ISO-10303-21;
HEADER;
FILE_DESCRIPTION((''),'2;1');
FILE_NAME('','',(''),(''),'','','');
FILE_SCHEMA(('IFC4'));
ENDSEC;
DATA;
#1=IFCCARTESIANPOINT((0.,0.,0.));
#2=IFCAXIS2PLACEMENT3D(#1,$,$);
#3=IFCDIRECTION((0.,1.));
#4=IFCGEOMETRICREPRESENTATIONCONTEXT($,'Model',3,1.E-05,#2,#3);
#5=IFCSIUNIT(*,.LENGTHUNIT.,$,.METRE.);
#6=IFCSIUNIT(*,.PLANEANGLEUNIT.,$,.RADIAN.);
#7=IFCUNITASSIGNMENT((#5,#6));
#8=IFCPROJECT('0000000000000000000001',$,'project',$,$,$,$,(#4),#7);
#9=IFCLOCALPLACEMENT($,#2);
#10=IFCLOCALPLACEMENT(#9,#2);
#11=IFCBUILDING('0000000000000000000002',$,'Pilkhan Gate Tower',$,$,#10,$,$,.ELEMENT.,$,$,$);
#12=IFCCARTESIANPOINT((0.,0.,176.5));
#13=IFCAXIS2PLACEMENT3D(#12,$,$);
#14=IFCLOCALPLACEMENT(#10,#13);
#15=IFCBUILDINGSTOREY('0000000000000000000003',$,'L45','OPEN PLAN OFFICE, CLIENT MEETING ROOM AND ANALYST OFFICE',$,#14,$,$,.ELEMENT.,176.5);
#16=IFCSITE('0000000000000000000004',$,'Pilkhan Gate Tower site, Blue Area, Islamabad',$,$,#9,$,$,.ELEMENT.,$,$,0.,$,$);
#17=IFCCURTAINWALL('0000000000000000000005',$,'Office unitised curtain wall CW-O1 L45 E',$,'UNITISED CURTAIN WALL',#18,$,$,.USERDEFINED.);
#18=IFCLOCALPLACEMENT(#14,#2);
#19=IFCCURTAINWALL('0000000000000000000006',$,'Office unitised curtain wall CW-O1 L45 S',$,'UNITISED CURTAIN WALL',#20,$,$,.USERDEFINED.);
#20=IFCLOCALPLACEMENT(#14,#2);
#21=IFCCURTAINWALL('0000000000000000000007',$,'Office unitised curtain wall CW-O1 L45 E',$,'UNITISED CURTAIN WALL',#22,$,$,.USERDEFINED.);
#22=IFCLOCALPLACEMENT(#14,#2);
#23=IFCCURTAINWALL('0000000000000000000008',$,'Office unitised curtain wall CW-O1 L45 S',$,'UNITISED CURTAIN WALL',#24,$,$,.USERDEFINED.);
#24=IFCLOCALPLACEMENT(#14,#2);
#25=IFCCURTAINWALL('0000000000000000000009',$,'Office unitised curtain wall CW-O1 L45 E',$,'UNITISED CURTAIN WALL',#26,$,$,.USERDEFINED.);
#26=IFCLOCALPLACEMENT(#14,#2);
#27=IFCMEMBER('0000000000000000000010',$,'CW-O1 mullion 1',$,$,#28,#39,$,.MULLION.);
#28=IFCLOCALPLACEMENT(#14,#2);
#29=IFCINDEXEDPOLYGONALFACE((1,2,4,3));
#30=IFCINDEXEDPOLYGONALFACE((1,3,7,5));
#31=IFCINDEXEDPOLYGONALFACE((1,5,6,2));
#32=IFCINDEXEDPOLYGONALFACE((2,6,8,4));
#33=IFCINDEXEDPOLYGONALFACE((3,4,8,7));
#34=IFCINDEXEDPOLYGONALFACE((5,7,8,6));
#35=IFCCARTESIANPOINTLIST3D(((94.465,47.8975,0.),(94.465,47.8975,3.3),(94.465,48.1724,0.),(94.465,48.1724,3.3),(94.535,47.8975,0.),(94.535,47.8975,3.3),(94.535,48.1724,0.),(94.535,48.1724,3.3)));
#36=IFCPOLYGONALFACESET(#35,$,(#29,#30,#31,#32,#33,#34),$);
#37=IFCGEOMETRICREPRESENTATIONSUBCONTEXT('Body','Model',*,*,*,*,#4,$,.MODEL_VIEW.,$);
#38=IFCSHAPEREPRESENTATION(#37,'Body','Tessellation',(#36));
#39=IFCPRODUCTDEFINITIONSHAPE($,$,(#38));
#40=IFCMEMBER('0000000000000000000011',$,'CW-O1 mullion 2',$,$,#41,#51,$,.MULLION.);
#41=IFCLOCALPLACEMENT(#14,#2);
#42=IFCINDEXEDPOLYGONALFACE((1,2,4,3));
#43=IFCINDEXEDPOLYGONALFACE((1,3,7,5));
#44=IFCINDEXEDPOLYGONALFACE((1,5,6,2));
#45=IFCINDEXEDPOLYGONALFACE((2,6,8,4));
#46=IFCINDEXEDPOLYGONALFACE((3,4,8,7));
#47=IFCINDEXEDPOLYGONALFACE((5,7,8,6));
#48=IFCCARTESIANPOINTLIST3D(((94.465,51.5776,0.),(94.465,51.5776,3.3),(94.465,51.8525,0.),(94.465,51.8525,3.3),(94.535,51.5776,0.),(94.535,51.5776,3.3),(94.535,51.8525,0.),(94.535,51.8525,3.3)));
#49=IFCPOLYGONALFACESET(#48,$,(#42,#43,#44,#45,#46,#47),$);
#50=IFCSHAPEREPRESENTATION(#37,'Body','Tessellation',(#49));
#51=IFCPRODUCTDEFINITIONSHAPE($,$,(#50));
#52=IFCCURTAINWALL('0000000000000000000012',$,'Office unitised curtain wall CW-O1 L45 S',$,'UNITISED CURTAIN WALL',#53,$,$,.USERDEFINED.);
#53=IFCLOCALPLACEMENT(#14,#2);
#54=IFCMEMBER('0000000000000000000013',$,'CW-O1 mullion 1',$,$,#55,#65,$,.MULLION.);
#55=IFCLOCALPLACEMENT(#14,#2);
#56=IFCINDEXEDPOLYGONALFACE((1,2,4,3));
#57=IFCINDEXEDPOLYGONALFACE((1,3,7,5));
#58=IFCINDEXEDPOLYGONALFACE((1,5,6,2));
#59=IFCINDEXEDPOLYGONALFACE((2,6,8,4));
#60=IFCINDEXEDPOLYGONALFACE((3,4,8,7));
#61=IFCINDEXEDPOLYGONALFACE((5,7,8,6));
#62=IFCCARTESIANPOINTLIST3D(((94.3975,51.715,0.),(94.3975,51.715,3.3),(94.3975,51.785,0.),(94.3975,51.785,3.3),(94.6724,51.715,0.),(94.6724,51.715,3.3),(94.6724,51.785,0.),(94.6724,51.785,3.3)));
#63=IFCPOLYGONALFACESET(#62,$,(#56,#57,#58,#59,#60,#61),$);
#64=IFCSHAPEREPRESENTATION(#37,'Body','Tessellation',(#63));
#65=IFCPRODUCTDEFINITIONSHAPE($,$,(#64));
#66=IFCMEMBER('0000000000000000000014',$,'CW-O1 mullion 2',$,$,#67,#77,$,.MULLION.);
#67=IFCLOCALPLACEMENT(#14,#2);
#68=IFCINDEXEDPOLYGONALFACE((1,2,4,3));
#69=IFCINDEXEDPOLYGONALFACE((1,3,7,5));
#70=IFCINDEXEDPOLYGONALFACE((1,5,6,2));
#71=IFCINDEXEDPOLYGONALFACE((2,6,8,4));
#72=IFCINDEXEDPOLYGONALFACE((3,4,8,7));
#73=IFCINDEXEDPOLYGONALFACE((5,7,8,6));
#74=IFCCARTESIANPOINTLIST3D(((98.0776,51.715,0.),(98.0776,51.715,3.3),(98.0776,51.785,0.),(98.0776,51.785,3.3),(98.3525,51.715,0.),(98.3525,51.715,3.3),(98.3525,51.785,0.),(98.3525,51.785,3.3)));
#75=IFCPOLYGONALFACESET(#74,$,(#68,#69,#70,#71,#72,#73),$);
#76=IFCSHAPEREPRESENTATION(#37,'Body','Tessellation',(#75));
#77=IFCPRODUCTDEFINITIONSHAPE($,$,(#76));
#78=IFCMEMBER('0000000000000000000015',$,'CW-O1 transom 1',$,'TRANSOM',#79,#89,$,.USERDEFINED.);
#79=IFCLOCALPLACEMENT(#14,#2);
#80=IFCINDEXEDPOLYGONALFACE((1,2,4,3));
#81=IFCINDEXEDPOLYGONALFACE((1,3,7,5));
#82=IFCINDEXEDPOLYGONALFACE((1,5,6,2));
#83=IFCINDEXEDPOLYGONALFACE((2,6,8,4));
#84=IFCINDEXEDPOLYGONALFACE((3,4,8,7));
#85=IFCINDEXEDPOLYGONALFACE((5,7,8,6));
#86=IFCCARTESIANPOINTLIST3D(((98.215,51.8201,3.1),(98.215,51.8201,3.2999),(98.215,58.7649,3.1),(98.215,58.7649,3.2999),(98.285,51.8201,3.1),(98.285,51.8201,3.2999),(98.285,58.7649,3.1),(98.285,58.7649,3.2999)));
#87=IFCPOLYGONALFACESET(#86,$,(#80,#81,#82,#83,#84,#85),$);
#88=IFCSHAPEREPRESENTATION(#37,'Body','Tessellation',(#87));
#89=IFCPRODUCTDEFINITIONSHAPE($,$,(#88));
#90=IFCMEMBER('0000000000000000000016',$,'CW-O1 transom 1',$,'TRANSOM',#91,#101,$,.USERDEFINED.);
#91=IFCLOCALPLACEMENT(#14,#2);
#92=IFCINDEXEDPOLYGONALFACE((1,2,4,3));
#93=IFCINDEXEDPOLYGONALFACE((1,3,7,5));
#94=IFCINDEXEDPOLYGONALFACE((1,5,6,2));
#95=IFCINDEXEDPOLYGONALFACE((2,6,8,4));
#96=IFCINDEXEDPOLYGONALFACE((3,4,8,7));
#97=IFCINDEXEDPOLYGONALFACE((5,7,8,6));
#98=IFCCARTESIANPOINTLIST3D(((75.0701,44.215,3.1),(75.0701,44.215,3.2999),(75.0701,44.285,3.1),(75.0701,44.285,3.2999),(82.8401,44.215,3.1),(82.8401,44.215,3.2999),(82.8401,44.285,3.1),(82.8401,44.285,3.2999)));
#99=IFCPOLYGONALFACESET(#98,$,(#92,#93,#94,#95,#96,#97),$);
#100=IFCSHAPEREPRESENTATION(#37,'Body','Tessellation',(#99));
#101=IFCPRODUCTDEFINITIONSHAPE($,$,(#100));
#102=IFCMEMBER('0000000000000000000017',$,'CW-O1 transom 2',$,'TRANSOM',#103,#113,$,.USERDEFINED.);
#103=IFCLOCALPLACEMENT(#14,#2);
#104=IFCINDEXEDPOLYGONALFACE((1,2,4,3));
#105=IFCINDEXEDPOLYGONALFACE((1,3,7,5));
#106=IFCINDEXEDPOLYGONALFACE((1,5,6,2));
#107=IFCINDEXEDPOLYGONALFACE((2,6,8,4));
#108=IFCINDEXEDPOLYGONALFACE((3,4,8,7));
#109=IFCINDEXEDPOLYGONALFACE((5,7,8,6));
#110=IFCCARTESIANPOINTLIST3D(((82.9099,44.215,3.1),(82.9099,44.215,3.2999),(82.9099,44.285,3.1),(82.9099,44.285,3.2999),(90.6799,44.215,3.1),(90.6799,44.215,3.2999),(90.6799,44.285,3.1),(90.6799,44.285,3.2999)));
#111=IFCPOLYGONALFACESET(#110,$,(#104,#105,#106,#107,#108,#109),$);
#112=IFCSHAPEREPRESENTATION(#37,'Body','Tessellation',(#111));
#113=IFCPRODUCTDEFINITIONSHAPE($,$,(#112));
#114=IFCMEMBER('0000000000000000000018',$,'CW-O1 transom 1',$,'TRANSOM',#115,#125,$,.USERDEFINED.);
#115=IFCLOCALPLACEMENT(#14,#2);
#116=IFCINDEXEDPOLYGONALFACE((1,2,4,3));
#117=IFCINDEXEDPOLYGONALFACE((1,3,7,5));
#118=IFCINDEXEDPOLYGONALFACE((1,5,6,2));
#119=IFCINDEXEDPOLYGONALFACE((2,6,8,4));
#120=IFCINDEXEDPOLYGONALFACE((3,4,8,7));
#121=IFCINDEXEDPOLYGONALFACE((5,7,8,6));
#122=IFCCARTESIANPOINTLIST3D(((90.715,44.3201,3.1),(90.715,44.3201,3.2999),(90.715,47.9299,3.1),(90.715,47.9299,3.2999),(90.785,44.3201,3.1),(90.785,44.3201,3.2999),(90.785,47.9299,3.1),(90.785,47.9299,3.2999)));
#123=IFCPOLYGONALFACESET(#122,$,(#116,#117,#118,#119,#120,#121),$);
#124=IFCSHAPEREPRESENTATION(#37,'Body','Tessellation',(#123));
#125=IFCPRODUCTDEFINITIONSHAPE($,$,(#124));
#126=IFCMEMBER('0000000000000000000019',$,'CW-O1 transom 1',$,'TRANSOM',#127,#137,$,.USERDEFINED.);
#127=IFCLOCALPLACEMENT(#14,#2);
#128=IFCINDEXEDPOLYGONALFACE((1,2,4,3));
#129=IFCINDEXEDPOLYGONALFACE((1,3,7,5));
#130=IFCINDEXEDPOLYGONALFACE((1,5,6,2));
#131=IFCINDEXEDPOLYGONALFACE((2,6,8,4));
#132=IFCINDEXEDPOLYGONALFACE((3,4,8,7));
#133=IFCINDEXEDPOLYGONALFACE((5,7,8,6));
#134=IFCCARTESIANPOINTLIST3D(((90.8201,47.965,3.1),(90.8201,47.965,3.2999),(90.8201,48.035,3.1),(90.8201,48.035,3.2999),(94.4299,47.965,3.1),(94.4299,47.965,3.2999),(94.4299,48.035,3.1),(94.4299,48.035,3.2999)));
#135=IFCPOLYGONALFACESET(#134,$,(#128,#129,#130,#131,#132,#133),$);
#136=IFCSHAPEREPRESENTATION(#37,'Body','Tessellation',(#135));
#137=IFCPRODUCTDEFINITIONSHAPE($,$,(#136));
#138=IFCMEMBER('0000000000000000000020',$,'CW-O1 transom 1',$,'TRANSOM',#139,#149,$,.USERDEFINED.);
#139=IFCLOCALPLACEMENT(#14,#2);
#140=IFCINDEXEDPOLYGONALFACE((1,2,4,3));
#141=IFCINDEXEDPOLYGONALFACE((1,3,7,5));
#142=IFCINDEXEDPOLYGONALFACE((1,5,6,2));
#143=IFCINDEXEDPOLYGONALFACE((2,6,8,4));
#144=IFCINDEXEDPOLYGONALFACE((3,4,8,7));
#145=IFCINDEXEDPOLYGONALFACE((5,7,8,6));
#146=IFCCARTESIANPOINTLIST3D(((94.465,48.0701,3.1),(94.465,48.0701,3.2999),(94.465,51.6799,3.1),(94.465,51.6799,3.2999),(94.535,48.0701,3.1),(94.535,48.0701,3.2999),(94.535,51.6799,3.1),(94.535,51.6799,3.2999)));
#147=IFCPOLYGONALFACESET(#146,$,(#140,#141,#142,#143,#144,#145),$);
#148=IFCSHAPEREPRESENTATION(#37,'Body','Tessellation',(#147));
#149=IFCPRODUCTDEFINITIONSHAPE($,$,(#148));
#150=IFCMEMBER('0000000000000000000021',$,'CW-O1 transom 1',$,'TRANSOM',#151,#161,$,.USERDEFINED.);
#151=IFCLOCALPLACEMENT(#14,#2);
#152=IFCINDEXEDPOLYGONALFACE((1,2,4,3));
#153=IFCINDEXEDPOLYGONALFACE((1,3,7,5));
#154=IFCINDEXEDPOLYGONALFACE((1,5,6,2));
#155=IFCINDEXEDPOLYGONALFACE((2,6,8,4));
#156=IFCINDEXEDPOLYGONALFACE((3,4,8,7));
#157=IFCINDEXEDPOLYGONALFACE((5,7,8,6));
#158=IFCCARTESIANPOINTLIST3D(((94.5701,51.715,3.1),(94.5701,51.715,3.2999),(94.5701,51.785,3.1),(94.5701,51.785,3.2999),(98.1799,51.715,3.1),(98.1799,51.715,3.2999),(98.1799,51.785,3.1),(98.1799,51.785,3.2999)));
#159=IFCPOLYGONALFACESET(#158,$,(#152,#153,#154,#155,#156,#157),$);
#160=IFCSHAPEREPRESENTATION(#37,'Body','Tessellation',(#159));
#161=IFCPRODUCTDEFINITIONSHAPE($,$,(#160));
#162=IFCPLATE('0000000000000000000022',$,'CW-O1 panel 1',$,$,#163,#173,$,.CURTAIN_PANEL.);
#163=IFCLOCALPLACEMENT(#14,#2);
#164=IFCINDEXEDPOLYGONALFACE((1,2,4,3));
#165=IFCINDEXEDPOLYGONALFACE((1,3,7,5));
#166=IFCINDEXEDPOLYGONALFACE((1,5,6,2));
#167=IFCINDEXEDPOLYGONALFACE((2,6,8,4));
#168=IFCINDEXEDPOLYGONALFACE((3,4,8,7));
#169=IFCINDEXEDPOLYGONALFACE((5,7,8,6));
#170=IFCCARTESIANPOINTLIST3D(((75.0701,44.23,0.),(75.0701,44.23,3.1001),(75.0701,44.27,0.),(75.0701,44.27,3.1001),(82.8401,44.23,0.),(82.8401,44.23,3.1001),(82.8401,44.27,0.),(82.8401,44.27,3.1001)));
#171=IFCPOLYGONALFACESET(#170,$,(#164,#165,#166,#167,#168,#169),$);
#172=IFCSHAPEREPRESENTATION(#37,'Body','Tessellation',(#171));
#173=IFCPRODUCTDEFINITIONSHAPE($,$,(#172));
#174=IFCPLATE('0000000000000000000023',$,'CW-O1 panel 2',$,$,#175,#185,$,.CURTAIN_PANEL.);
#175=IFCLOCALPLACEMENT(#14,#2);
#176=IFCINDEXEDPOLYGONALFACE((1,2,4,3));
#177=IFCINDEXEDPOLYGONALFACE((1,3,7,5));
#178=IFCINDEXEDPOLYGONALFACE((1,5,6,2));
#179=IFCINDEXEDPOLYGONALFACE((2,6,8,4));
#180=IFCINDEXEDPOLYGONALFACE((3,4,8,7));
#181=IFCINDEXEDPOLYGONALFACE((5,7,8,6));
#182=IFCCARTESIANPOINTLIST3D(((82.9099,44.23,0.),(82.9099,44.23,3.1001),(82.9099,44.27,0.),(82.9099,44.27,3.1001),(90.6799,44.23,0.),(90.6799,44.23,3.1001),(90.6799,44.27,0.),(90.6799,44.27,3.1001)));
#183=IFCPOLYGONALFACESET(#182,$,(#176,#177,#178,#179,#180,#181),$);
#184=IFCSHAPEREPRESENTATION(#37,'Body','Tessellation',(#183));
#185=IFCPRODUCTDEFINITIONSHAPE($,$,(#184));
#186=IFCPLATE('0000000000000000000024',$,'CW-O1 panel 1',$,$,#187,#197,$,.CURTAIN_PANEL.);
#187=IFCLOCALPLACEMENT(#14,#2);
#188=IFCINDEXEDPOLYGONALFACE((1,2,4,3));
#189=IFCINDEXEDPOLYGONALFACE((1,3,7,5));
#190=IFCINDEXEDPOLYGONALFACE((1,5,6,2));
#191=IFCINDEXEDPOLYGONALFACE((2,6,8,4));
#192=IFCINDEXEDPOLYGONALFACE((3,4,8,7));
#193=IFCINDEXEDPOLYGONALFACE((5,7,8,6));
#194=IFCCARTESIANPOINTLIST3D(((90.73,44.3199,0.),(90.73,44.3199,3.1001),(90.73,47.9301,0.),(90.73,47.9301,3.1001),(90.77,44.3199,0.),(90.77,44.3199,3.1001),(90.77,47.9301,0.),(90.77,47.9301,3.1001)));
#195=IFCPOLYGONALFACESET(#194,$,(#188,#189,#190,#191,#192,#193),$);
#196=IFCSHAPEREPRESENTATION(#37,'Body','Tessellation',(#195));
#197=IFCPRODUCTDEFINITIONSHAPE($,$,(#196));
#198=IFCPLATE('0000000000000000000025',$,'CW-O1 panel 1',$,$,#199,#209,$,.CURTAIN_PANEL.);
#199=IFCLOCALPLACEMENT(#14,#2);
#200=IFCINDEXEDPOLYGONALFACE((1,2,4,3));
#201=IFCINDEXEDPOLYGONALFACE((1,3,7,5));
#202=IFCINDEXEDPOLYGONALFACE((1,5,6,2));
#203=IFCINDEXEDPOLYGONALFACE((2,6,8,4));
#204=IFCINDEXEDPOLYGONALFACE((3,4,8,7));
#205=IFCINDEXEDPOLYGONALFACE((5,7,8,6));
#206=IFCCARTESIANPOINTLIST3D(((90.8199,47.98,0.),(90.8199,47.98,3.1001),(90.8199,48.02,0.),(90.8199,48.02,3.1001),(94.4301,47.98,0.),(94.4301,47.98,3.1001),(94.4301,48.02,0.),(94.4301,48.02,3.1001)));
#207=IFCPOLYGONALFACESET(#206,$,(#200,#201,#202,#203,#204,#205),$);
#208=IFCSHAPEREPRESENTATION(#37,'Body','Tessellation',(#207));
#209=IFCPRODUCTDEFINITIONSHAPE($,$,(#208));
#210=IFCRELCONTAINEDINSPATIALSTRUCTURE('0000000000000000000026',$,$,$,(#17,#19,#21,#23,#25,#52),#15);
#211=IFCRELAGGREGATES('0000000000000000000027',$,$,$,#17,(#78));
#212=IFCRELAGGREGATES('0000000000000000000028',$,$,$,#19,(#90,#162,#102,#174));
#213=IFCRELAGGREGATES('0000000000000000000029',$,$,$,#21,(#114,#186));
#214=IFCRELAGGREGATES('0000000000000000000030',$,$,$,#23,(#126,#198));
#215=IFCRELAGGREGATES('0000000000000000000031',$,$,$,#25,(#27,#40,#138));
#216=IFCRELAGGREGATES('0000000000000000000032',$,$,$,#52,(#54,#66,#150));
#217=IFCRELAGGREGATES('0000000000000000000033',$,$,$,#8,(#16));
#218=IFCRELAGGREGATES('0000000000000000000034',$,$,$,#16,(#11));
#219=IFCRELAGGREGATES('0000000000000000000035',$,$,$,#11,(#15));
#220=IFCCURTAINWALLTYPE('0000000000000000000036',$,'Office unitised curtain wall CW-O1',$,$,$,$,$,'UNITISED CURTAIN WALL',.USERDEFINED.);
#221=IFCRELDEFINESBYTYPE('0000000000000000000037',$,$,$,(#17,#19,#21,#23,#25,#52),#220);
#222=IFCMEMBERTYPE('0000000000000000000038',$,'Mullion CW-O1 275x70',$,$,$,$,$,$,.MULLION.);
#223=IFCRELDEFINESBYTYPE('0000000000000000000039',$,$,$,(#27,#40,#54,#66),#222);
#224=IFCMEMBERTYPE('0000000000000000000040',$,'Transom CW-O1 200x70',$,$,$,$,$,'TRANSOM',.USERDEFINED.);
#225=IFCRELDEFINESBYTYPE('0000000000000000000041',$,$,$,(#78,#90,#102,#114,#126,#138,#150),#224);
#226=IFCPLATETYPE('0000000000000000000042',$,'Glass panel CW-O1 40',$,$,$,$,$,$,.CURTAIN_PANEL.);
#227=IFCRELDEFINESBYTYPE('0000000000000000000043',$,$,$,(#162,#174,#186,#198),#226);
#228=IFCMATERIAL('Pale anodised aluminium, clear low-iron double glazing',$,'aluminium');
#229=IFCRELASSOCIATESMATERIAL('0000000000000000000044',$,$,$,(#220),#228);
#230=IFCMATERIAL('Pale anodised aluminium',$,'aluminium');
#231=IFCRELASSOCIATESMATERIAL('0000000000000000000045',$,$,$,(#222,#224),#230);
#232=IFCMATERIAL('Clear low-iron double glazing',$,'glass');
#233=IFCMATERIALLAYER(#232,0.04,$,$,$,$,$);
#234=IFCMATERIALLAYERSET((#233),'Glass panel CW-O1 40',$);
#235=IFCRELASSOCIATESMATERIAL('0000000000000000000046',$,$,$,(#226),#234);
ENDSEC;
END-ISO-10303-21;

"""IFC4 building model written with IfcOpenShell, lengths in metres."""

from ifc_helpers import new_model, si_unit, direction, frame, origin, origin_2d, place, context, subcontext, project, spatial, rectangle, extrude, material, layer, layer_set, material_profile, profile_set, type_object, element, aggregate, save


model = new_model("IFC4")

# Units and contexts
model_context = context("Model", 3, precision=1e-05, world=origin(), true_north=direction((0.0, 1.0)))
body_context = subcontext(model_context, "Body", "Model", "MODEL_VIEW")
ifc_project = project(units=[si_unit("LENGTHUNIT", "METRE"), si_unit("PLANEANGLEUNIT", "RADIAN")], contexts=[model_context])

# Site, building, storey
site_placement = place(None, origin())
site = spatial("IfcSite", under=ifc_project, at=site_placement, Name="Pilkhan Gate Tower site, Blue Area, Islamabad", CompositionType="ELEMENT", RefElevation=0.0)
building_placement = place(site_placement, origin())
building = spatial("IfcBuilding", under=site, at=building_placement, Name="Pilkhan Gate Tower", CompositionType="ELEMENT")
storey_placement = place(building_placement, frame((0.0, 0.0, 176.5)))
storey = spatial("IfcBuildingStorey", under=building, at=storey_placement, Name="L45", Description="OPEN PLAN OFFICE, CLIENT MEETING ROOM AND ANALYST OFFICE", CompositionType="ELEMENT", Elevation=176.5)

# Curtain wall
ifc_material_1 = material(Name="Pale anodised aluminium, clear low-iron double glazing", Category="aluminium")
curtain_wall_type = type_object("IfcCurtainWallType", Name="Office unitised curtain wall CW-O1", ElementType="UNITISED CURTAIN WALL", PredefinedType="USERDEFINED", material=ifc_material_1)
curtain_wall_1_placement = place(storey_placement, origin())
curtain_wall_1 = element("IfcCurtainWall", 1, at=curtain_wall_1_placement, inside=storey, type_object=curtain_wall_type, Name="Office unitised curtain wall CW-O1 L45 E", ObjectType="UNITISED CURTAIN WALL", PredefinedType="USERDEFINED")
ifc_material_2 = material(Name="Pale anodised aluminium", Category="aluminium")
ifc_material_profile_1 = material_profile(ifc_material_2, rectangle(XDim=0.0701, YDim=0.2749, at=origin_2d()), Name="Mullion 275x70")
ifc_profile_set_1 = profile_set([ifc_material_profile_1], Name="Pale anodised aluminium")
member_type_1 = type_object("IfcMemberType", Name="Mullion CW-O1 275x70", PredefinedType="MULLION", material=ifc_profile_set_1)

# Curtain walls, members
curtain_wall_2_placement = place(storey_placement, origin())
curtain_wall_2 = element("IfcCurtainWall", 2, at=curtain_wall_2_placement, inside=storey, type_object=curtain_wall_type, Name="Office unitised curtain wall CW-O1 L45 S", ObjectType="UNITISED CURTAIN WALL", PredefinedType="USERDEFINED")
curtain_wall_3_placement = place(storey_placement, origin())
curtain_wall_3 = element("IfcCurtainWall", 3, at=curtain_wall_3_placement, inside=storey, type_object=curtain_wall_type, Name="Office unitised curtain wall CW-O1 L45 E", ObjectType="UNITISED CURTAIN WALL", PredefinedType="USERDEFINED")
curtain_wall_4_placement = place(storey_placement, origin())
curtain_wall_4 = element("IfcCurtainWall", 4, at=curtain_wall_4_placement, inside=storey, type_object=curtain_wall_type, Name="Office unitised curtain wall CW-O1 L45 S", ObjectType="UNITISED CURTAIN WALL", PredefinedType="USERDEFINED")
curtain_wall_5_placement = place(storey_placement, origin())
curtain_wall_5 = element("IfcCurtainWall", 5, at=curtain_wall_5_placement, inside=storey, type_object=curtain_wall_type, Name="Office unitised curtain wall CW-O1 L45 E", ObjectType="UNITISED CURTAIN WALL", PredefinedType="USERDEFINED")
member_1_placement = place(storey_placement, frame((94.5, 48.0349, 0.0), z_axis=(0.0, 0.0, 1.0), x_axis=(-1.0, 0.0, 0.0)))
member_1 = element("IfcMember", 6, at=member_1_placement, type_object=member_type_1, Name="CW-O1 mullion 1", PredefinedType="MULLION", context=body_context, shape_type="SweptSolid", body=[
    extrude(rectangle(XDim=0.0701, YDim=0.2749, at=origin_2d()), origin(), (0.0, 0.0, 1.0), 3.3),
])
member_2_placement = place(storey_placement, frame((94.5, 51.7151, 0.0), z_axis=(0.0, 0.0, 1.0), x_axis=(-1.0, 0.0, 0.0)))
member_2 = element("IfcMember", 7, at=member_2_placement, type_object=member_type_1, Name="CW-O1 mullion 2", PredefinedType="MULLION", context=body_context, shape_type="SweptSolid", body=[
    extrude(rectangle(XDim=0.0701, YDim=0.2749, at=origin_2d()), origin(), (0.0, 0.0, 1.0), 3.3),
])
curtain_wall_6_placement = place(storey_placement, origin())
curtain_wall_6 = element("IfcCurtainWall", 8, at=curtain_wall_6_placement, inside=storey, type_object=curtain_wall_type, Name="Office unitised curtain wall CW-O1 L45 S", ObjectType="UNITISED CURTAIN WALL", PredefinedType="USERDEFINED")
member_3_placement = place(storey_placement, frame((94.5349, 51.75, 0.0), z_axis=(0.0, 0.0, 1.0), x_axis=(0.0, 1.0, 0.0)))
member_3 = element("IfcMember", 9, at=member_3_placement, type_object=member_type_1, Name="CW-O1 mullion 1", PredefinedType="MULLION", context=body_context, shape_type="SweptSolid", body=[
    extrude(rectangle(XDim=0.0701, YDim=0.2749, at=origin_2d()), origin(), (0.0, 0.0, 1.0), 3.3),
])
member_4_placement = place(storey_placement, frame((98.2151, 51.75, 0.0), z_axis=(0.0, 0.0, 1.0), x_axis=(0.0, 1.0, 0.0)))
member_4 = element("IfcMember", 10, at=member_4_placement, type_object=member_type_1, Name="CW-O1 mullion 2", PredefinedType="MULLION", context=body_context, shape_type="SweptSolid", body=[
    extrude(rectangle(XDim=0.0701, YDim=0.2749, at=origin_2d()), origin(), (0.0, 0.0, 1.0), 3.3),
])

# Members
ifc_material_profile_2 = material_profile(ifc_material_2, rectangle(XDim=0.0701, YDim=0.2, at=origin_2d()), Name="Transom 200x70")
ifc_profile_set_2 = profile_set([ifc_material_profile_2], Name="Pale anodised aluminium")
member_type_2 = type_object("IfcMemberType", Name="Transom CW-O1 200x70", ElementType="TRANSOM", PredefinedType="USERDEFINED", material=ifc_profile_set_2)
member_5_placement = place(storey_placement, frame((98.25, 51.8201, 3.2), z_axis=(0.0, 1.0, 0.0), x_axis=(-1.0, 0.0, 0.0)))
member_5 = element("IfcMember", 11, at=member_5_placement, type_object=member_type_2, Name="CW-O1 transom 1", ObjectType="TRANSOM", PredefinedType="USERDEFINED", context=body_context, shape_type="SweptSolid", body=[
    extrude(rectangle(XDim=0.0701, YDim=0.2, at=origin_2d()), origin(), (0.0, 0.0, 1.0), 6.9448),
])
aggregate(curtain_wall_1, [member_5])
member_6_placement = place(storey_placement, frame((75.0701, 44.25, 3.2), z_axis=(1.0, 0.0, 0.0), x_axis=(0.0, 1.0, 0.0)))
member_6 = element("IfcMember", 12, at=member_6_placement, type_object=member_type_2, Name="CW-O1 transom 1", ObjectType="TRANSOM", PredefinedType="USERDEFINED", context=body_context, shape_type="SweptSolid", body=[
    extrude(rectangle(XDim=0.0701, YDim=0.2, at=origin_2d()), origin(), (0.0, 0.0, 1.0), 7.77),
])
member_7_placement = place(storey_placement, frame((82.9099, 44.25, 3.2), z_axis=(1.0, 0.0, 0.0), x_axis=(0.0, 1.0, 0.0)))
member_7 = element("IfcMember", 13, at=member_7_placement, type_object=member_type_2, Name="CW-O1 transom 2", ObjectType="TRANSOM", PredefinedType="USERDEFINED", context=body_context, shape_type="SweptSolid", body=[
    extrude(rectangle(XDim=0.0701, YDim=0.2, at=origin_2d()), origin(), (0.0, 0.0, 1.0), 7.77),
])
member_8_placement = place(storey_placement, frame((90.75, 44.3201, 3.2), z_axis=(0.0, 1.0, 0.0), x_axis=(-1.0, 0.0, 0.0)))
member_8 = element("IfcMember", 14, at=member_8_placement, type_object=member_type_2, Name="CW-O1 transom 1", ObjectType="TRANSOM", PredefinedType="USERDEFINED", context=body_context, shape_type="SweptSolid", body=[
    extrude(rectangle(XDim=0.0701, YDim=0.2, at=origin_2d()), origin(), (0.0, 0.0, 1.0), 3.6099),
])
member_9_placement = place(storey_placement, frame((90.8201, 48.0, 3.2), z_axis=(1.0, 0.0, 0.0), x_axis=(0.0, 1.0, 0.0)))
member_9 = element("IfcMember", 15, at=member_9_placement, type_object=member_type_2, Name="CW-O1 transom 1", ObjectType="TRANSOM", PredefinedType="USERDEFINED", context=body_context, shape_type="SweptSolid", body=[
    extrude(rectangle(XDim=0.0701, YDim=0.2, at=origin_2d()), origin(), (0.0, 0.0, 1.0), 3.6099),
])
member_10_placement = place(storey_placement, frame((94.5, 48.0701, 3.2), z_axis=(0.0, 1.0, 0.0), x_axis=(-1.0, 0.0, 0.0)))
member_10 = element("IfcMember", 16, at=member_10_placement, type_object=member_type_2, Name="CW-O1 transom 1", ObjectType="TRANSOM", PredefinedType="USERDEFINED", context=body_context, shape_type="SweptSolid", body=[
    extrude(rectangle(XDim=0.0701, YDim=0.2, at=origin_2d()), origin(), (0.0, 0.0, 1.0), 3.6099),
])
member_11_placement = place(storey_placement, frame((94.5701, 51.75, 3.2), z_axis=(1.0, 0.0, 0.0), x_axis=(0.0, 1.0, 0.0)))
member_11 = element("IfcMember", 17, at=member_11_placement, type_object=member_type_2, Name="CW-O1 transom 1", ObjectType="TRANSOM", PredefinedType="USERDEFINED", context=body_context, shape_type="SweptSolid", body=[
    extrude(rectangle(XDim=0.0701, YDim=0.2, at=origin_2d()), origin(), (0.0, 0.0, 1.0), 3.6099),
])

# Plates
ifc_material_3 = material(Name="Clear low-iron double glazing", Category="glass")
ifc_layer_1 = layer(ifc_material_3, 0.04)
ifc_layer_set_1 = layer_set([ifc_layer_1], Name="Glass panel CW-O1 40")
plate_type = type_object("IfcPlateType", Name="Glass panel CW-O1 40", PredefinedType="CURTAIN_PANEL", material=ifc_layer_set_1)
plate_1_placement = place(storey_placement, frame((78.9551, 44.25, 0.0), z_axis=(0.0, 0.0, 1.0), x_axis=(1.0, 0.0, 0.0)))
plate_1 = element("IfcPlate", 18, at=plate_1_placement, type_object=plate_type, Name="CW-O1 panel 1", PredefinedType="CURTAIN_PANEL", context=body_context, shape_type="SweptSolid", body=[
    extrude(rectangle(XDim=7.77, YDim=0.04, at=origin_2d()), origin(), (0.0, 0.0, 1.0), 3.1001),
])
plate_2_placement = place(storey_placement, frame((86.7949, 44.25, 0.0), z_axis=(0.0, 0.0, 1.0), x_axis=(1.0, 0.0, 0.0)))
plate_2 = element("IfcPlate", 19, at=plate_2_placement, type_object=plate_type, Name="CW-O1 panel 2", PredefinedType="CURTAIN_PANEL", context=body_context, shape_type="SweptSolid", body=[
    extrude(rectangle(XDim=7.77, YDim=0.04, at=origin_2d()), origin(), (0.0, 0.0, 1.0), 3.1001),
])
aggregate(curtain_wall_2, [member_6, plate_1, member_7, plate_2])
plate_3_placement = place(storey_placement, frame((90.75, 46.125, 0.0), z_axis=(0.0, 0.0, 1.0), x_axis=(0.0, 1.0, 0.0)))
plate_3 = element("IfcPlate", 20, at=plate_3_placement, type_object=plate_type, Name="CW-O1 panel 1", PredefinedType="CURTAIN_PANEL", context=body_context, shape_type="SweptSolid", body=[
    extrude(rectangle(XDim=3.6101, YDim=0.04, at=origin_2d()), origin(), (0.0, 0.0, 1.0), 3.1001),
])
aggregate(curtain_wall_3, [member_8, plate_3])
plate_4_placement = place(storey_placement, frame((92.625, 48.0, 0.0), z_axis=(0.0, 0.0, 1.0), x_axis=(1.0, 0.0, 0.0)))
plate_4 = element("IfcPlate", 21, at=plate_4_placement, type_object=plate_type, Name="CW-O1 panel 1", PredefinedType="CURTAIN_PANEL", context=body_context, shape_type="SweptSolid", body=[
    extrude(rectangle(XDim=3.6101, YDim=0.04, at=origin_2d()), origin(), (0.0, 0.0, 1.0), 3.1001),
])
aggregate(curtain_wall_4, [member_9, plate_4])
aggregate(curtain_wall_5, [member_1, member_2, member_10])
aggregate(curtain_wall_6, [member_3, member_4, member_11])

save(model, "model.ifc")
